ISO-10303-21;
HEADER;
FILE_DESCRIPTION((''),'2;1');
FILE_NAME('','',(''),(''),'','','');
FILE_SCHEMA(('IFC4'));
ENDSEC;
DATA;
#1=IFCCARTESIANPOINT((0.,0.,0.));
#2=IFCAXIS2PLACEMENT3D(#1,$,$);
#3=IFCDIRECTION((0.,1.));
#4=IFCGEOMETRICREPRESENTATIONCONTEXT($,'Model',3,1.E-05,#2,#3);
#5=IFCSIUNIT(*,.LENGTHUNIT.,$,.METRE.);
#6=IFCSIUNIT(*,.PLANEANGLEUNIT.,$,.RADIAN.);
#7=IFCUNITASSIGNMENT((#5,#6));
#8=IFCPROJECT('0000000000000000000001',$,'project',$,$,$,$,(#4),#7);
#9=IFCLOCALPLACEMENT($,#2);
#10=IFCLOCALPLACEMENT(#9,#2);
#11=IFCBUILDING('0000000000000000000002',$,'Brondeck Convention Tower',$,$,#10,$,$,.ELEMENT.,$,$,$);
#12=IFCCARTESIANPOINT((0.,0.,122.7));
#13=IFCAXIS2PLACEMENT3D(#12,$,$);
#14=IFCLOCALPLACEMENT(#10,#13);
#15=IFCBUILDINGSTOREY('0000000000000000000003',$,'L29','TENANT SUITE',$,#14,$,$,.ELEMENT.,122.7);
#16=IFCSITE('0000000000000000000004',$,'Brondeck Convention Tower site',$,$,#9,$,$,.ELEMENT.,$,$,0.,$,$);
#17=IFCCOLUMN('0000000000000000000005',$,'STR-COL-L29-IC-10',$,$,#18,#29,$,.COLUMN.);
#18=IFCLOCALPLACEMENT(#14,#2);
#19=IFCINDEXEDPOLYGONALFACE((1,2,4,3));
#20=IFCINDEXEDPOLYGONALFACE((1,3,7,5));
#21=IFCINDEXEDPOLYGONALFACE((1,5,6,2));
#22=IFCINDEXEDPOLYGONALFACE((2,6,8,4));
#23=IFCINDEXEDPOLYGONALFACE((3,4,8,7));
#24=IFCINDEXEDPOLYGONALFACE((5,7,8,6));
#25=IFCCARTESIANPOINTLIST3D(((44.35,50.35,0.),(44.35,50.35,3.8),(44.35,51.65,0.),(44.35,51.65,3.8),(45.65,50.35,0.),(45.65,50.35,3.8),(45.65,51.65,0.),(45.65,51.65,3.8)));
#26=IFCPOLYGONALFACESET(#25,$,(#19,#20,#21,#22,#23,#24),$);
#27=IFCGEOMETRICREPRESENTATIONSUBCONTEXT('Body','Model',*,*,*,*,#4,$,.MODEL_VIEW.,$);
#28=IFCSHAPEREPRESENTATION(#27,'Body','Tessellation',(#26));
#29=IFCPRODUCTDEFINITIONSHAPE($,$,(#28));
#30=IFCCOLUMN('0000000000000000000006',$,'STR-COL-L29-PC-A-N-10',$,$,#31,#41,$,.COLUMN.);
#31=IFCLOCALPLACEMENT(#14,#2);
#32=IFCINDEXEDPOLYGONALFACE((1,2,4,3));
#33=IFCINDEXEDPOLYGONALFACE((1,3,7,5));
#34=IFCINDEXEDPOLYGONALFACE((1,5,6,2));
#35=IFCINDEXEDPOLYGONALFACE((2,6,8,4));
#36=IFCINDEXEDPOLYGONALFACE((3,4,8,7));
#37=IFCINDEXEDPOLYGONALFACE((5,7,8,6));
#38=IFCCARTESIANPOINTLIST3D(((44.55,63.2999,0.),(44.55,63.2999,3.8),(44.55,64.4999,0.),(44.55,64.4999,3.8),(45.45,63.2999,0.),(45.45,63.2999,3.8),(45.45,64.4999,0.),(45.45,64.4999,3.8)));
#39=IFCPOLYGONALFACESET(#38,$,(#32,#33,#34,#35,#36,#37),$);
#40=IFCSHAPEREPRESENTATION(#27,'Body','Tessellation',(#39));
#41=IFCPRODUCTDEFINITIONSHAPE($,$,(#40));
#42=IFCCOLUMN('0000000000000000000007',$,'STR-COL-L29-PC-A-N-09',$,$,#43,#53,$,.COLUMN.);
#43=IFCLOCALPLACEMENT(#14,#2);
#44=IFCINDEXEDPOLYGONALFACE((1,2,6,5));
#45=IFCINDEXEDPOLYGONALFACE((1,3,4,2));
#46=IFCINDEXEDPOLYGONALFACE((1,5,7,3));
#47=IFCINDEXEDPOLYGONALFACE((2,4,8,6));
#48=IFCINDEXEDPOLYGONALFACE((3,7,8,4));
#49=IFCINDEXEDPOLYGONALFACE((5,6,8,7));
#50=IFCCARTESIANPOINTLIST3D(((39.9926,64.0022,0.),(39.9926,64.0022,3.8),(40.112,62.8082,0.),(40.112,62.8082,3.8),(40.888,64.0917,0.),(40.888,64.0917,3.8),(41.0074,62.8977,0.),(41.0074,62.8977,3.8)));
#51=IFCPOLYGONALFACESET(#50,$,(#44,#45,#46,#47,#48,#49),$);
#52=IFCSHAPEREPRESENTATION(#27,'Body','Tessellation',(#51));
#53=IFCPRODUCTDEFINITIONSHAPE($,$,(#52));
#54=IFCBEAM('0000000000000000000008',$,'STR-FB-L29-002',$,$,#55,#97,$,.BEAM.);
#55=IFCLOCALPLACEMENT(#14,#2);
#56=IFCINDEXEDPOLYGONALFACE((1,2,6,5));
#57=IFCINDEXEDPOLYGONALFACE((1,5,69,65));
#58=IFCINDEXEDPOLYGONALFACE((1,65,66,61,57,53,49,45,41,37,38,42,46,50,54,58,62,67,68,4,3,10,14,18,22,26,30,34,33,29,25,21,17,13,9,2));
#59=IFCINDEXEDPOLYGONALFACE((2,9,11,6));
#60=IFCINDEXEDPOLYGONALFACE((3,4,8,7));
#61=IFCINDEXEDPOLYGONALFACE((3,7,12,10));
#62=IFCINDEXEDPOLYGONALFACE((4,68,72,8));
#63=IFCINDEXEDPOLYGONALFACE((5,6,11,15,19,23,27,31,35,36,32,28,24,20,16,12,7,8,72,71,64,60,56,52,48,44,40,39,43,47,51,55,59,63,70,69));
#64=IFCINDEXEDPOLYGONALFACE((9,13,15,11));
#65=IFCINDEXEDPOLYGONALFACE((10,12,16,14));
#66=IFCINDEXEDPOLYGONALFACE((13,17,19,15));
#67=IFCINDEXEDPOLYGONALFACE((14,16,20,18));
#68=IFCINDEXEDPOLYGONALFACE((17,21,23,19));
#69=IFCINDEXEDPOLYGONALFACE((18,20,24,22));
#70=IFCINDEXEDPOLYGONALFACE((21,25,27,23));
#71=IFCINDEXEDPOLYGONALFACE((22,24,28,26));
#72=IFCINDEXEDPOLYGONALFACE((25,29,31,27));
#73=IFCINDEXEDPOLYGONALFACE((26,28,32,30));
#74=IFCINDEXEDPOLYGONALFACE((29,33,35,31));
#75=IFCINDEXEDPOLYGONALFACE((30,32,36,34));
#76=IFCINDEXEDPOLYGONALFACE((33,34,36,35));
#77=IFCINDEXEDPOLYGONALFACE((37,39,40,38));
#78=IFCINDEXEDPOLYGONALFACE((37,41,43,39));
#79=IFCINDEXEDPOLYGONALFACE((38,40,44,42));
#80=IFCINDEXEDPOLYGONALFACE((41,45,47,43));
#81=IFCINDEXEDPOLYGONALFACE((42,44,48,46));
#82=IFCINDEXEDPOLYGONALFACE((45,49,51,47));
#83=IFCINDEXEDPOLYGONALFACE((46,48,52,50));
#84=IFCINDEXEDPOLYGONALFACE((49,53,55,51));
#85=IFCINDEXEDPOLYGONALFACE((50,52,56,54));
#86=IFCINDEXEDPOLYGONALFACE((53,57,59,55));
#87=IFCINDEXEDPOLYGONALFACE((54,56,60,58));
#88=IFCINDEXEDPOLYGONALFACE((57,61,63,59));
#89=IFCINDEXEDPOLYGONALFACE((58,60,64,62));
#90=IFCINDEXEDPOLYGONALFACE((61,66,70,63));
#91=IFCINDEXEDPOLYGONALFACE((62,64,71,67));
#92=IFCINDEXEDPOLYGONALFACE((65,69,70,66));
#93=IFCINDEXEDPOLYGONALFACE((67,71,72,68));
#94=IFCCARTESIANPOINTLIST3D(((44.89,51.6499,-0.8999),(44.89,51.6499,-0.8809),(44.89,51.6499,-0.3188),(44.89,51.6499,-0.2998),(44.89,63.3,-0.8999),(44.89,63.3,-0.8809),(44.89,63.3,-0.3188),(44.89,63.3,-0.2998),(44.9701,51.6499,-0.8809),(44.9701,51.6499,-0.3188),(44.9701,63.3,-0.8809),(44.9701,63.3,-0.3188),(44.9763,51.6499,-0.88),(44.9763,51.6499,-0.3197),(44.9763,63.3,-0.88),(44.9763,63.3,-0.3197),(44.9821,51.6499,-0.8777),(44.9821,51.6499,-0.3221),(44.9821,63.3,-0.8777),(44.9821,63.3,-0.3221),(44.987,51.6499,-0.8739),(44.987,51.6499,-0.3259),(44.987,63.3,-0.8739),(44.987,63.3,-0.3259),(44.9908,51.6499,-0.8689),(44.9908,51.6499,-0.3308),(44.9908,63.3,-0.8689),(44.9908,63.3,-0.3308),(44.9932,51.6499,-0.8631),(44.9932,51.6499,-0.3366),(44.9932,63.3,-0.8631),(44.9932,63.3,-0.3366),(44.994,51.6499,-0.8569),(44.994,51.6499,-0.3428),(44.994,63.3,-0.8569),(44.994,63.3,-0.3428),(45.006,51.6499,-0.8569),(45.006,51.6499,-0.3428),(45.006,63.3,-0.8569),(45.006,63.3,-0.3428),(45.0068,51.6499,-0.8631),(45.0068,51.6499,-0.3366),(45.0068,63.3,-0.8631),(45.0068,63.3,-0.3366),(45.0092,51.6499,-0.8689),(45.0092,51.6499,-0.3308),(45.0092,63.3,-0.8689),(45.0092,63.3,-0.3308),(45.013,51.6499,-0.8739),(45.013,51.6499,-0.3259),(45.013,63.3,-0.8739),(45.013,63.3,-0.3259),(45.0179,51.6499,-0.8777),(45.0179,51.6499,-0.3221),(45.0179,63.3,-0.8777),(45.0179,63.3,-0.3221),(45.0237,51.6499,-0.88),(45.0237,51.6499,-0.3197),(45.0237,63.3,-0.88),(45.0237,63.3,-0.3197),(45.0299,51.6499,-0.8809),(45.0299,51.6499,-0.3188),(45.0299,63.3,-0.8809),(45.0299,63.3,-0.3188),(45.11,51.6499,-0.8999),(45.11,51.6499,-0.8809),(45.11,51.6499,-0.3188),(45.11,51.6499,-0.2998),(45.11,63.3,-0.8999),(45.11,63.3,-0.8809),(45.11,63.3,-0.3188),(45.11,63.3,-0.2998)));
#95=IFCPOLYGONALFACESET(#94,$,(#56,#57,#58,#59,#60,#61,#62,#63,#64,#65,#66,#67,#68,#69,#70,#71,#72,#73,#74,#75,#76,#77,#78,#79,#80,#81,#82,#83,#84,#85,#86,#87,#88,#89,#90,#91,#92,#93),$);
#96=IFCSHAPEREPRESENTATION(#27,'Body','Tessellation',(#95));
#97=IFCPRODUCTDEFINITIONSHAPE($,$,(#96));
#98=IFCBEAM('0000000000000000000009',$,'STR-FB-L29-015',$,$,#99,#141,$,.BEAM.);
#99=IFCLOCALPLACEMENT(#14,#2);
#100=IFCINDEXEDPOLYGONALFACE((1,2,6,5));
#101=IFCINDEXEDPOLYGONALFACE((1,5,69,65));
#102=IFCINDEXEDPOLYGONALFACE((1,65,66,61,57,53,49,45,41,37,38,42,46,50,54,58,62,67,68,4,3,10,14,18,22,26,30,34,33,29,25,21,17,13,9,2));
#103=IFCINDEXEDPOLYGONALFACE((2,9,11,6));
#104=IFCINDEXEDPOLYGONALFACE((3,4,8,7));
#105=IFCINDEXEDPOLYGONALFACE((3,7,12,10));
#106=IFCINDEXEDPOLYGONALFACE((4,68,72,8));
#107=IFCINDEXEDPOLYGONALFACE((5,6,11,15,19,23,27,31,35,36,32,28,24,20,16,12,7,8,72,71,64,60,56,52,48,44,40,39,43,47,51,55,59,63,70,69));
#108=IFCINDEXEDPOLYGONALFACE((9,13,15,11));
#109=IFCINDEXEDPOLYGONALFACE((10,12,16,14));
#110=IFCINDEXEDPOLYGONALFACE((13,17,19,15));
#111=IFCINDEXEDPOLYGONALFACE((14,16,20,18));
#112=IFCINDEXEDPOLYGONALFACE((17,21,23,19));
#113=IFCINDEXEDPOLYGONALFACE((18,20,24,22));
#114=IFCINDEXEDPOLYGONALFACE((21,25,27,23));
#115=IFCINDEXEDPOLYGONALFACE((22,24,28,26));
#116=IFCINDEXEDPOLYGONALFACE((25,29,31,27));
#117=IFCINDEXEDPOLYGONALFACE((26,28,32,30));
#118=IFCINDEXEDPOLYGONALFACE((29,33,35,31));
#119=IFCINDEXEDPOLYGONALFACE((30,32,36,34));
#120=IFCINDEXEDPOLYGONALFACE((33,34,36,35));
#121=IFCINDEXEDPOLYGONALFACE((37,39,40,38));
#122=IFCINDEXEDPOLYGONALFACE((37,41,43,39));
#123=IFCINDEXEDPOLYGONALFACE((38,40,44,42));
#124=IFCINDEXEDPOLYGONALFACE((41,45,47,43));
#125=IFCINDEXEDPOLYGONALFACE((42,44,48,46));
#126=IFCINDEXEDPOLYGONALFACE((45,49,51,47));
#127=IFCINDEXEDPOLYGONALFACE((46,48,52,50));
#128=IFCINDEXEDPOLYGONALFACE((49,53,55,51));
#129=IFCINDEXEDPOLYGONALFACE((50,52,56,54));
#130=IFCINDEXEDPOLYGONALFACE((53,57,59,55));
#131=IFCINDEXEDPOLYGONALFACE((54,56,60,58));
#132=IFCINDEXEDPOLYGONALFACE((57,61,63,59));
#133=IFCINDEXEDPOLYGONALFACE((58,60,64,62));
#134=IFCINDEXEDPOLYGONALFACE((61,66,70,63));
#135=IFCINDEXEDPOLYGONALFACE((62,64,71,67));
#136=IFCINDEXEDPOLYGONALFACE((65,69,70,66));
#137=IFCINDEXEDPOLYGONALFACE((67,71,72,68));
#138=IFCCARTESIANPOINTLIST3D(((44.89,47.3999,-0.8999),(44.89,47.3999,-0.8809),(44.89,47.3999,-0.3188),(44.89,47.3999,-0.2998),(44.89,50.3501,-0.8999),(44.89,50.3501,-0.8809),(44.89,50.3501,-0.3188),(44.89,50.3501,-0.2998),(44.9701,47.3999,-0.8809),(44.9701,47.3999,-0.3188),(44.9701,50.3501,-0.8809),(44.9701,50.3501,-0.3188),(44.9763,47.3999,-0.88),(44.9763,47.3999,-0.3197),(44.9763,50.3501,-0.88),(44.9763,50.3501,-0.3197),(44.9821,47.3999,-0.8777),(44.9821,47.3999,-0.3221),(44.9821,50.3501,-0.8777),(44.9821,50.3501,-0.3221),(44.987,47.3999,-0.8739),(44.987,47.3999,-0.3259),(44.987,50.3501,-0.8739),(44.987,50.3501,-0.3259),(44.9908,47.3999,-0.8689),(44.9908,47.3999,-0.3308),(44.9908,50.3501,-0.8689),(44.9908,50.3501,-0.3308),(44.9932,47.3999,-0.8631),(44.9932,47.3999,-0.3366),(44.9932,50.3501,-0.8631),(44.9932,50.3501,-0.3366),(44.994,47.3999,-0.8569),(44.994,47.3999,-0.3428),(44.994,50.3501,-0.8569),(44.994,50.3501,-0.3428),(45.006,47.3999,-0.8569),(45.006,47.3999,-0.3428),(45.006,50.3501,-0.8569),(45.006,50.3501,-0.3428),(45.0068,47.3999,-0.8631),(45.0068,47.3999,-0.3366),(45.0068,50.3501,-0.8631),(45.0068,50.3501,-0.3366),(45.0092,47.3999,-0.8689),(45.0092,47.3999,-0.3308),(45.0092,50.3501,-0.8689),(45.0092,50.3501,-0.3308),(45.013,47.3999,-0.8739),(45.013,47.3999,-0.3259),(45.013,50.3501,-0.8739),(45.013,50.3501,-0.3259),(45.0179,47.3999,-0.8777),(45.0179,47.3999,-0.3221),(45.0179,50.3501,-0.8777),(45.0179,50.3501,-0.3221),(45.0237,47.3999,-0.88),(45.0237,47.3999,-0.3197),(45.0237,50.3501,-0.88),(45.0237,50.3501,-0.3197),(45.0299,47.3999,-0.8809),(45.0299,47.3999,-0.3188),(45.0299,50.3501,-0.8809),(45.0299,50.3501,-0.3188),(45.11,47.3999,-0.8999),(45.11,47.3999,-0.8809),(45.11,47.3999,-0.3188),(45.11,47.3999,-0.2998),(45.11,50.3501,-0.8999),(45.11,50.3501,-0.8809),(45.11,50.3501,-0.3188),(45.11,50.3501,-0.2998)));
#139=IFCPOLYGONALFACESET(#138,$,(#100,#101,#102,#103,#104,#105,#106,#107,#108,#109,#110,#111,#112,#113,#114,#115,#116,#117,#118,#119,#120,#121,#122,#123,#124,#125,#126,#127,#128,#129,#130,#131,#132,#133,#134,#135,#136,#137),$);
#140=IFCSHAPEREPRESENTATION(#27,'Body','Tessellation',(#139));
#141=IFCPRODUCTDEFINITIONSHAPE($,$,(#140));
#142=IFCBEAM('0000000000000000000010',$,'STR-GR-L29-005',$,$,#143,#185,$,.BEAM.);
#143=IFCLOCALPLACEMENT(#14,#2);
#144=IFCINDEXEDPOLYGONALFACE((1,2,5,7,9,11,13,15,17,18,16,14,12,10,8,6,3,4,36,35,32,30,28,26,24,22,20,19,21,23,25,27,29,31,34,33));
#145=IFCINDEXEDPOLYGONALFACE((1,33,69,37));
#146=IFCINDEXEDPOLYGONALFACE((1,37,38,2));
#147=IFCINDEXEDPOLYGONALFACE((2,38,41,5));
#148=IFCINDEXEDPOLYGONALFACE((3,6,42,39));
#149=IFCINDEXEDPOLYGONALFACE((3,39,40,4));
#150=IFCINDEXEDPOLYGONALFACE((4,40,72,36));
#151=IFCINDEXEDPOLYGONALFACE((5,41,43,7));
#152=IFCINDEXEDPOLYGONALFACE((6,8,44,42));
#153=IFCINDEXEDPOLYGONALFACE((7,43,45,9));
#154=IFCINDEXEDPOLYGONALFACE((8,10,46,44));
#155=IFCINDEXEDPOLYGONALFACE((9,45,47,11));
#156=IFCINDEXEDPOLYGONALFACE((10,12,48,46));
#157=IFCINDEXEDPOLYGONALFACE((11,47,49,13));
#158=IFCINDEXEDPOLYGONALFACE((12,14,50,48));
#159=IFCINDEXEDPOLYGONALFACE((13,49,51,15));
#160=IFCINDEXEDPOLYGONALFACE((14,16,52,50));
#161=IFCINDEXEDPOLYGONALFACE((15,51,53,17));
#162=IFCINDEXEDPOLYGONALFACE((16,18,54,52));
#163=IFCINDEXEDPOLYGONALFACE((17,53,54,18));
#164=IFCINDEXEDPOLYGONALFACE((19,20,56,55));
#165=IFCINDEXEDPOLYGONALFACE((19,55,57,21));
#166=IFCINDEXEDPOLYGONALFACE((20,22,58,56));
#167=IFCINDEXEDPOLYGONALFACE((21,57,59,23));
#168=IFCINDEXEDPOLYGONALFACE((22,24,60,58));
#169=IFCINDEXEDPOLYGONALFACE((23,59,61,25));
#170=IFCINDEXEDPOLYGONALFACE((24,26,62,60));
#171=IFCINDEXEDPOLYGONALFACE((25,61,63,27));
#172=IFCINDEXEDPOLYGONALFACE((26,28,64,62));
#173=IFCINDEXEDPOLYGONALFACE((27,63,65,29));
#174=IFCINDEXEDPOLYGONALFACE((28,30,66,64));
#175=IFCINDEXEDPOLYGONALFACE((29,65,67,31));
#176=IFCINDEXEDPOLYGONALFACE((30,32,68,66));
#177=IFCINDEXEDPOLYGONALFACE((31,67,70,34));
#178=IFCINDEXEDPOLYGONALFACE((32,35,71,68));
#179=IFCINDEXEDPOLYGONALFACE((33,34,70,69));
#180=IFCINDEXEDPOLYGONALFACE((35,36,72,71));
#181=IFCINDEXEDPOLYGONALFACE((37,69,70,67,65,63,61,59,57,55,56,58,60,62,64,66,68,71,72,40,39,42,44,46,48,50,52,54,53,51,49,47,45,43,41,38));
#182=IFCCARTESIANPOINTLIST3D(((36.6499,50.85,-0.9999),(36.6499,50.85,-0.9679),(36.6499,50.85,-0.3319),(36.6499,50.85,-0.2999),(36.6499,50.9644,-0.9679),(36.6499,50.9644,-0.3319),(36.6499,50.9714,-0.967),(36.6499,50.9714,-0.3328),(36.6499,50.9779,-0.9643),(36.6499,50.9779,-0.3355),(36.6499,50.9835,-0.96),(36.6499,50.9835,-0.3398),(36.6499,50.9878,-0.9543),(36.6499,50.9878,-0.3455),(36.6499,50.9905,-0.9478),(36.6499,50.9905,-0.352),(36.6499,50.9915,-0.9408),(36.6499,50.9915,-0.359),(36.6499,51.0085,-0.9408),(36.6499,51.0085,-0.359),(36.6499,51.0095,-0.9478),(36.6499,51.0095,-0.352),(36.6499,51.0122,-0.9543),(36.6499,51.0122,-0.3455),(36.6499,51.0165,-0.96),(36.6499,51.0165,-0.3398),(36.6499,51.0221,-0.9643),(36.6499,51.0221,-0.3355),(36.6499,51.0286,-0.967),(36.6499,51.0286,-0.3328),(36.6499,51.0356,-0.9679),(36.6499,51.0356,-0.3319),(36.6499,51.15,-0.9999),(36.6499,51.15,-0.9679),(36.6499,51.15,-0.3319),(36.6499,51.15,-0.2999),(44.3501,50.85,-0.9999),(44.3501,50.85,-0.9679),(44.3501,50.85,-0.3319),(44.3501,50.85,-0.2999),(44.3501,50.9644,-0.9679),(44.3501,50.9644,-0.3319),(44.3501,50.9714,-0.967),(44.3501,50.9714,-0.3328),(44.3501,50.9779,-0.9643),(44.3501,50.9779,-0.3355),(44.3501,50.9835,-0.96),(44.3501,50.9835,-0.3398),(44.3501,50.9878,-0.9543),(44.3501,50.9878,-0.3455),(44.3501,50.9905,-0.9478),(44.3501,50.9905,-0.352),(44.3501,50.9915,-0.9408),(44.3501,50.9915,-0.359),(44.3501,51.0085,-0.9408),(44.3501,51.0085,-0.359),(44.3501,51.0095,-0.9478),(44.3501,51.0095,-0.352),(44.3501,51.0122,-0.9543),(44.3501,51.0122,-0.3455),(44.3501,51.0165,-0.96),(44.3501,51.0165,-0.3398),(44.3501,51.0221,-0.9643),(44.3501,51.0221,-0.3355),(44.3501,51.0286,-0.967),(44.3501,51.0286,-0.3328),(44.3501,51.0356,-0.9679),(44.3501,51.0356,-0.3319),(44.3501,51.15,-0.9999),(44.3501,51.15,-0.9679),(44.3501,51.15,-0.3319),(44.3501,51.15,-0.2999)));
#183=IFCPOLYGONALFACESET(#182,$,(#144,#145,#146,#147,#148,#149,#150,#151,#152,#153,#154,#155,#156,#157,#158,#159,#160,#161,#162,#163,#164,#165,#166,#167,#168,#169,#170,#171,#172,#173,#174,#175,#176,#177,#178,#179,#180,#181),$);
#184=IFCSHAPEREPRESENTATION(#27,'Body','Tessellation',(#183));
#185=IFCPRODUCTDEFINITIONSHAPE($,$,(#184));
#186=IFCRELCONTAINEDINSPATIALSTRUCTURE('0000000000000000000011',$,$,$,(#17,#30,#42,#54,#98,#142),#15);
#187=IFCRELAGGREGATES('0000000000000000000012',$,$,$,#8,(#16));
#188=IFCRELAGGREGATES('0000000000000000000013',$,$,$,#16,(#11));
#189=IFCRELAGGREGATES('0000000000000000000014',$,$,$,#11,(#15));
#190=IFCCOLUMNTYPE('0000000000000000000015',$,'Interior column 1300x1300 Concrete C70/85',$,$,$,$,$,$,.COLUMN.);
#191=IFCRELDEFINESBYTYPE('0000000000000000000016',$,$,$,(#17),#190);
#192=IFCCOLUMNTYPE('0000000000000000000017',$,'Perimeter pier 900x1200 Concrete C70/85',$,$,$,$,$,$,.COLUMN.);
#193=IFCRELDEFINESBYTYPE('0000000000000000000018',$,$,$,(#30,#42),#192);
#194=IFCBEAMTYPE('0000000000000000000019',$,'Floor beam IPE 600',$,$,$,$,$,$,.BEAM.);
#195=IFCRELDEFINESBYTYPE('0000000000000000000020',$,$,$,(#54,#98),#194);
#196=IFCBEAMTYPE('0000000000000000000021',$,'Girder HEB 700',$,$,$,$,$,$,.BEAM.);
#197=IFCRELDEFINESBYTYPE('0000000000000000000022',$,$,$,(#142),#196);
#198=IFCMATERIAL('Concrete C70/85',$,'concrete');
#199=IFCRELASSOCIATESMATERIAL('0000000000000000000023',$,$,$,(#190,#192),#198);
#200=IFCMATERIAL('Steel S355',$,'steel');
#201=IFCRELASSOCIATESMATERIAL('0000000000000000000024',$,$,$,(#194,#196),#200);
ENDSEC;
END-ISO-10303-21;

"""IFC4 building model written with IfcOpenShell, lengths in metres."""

from ifc_helpers import new_model, si_unit, direction, frame, origin, origin_2d, place, context, subcontext, project, spatial, rectangle, i_section, extrude, material, material_profile, profile_set, type_object, element, save


model = new_model("IFC4")

# Units and contexts
model_context = context("Model", 3, precision=1e-05, world=origin(), true_north=direction((0.0, 1.0)))
body_context = subcontext(model_context, "Body", "Model", "MODEL_VIEW")
ifc_project = project(units=[si_unit("LENGTHUNIT", "METRE"), si_unit("PLANEANGLEUNIT", "RADIAN")], contexts=[model_context])

# Site, building, storey
site_placement = place(None, origin())
site = spatial("IfcSite", under=ifc_project, at=site_placement, Name="Brondeck Convention Tower site", CompositionType="ELEMENT", RefElevation=0.0)
building_placement = place(site_placement, origin())
building = spatial("IfcBuilding", under=site, at=building_placement, Name="Brondeck Convention Tower", CompositionType="ELEMENT")
storey_placement = place(building_placement, frame((0.0, 0.0, 122.7)))
storey = spatial("IfcBuildingStorey", under=building, at=storey_placement, Name="L29", Description="TENANT SUITE", CompositionType="ELEMENT", Elevation=122.7)

# Columns
ifc_material_1 = material(Name="Concrete C70/85", Category="concrete")
ifc_material_profile_1 = material_profile(ifc_material_1, rectangle(XDim=1.3, YDim=1.3, at=origin_2d()), Name="Interior column 1300x1300 Concrete C70/85")
ifc_profile_set_1 = profile_set([ifc_material_profile_1], Name="Concrete C70/85")
column_type_1 = type_object("IfcColumnType", Name="Interior column 1300x1300 Concrete C70/85", PredefinedType="COLUMN", material=ifc_profile_set_1)
column_placement = place(storey_placement, frame((45.0, 51.0, 0.0), z_axis=(0.0, 0.0, 1.0), x_axis=(1.0, 0.0, 0.0)))
element("IfcColumn", 1, at=column_placement, inside=storey, type_object=column_type_1, Name="STR-COL-L29-IC-10", PredefinedType="COLUMN", context=body_context, shape_type="SweptSolid", body=[
    extrude(rectangle(XDim=1.3, YDim=1.3, at=origin_2d()), origin(), (0.0, 0.0, 1.0), 3.8),
])
ifc_material_profile_2 = material_profile(ifc_material_1, rectangle(XDim=0.8999, YDim=1.2, at=origin_2d()), Name="Perimeter pier 900x1200 Concrete C70/85")
ifc_profile_set_2 = profile_set([ifc_material_profile_2], Name="Concrete C70/85")
column_type_2 = type_object("IfcColumnType", Name="Perimeter pier 900x1200 Concrete C70/85", PredefinedType="COLUMN", material=ifc_profile_set_2)
for number, where, z_axis, x_axis, name in (
    (2, (45.0, 63.8999, 0.0), (0.0, 0.0, 1.0), (-1.0, 0.0, 0.0), "STR-COL-L29-PC-A-N-10"),
    (3, (40.5, 63.45, 0.0), (0.0, 0.0, 1.0), (-0.995037, -0.099504, 0.0), "STR-COL-L29-PC-A-N-09"),
):
    element("IfcColumn", number, at=place(storey_placement, frame(where, z_axis=z_axis, x_axis=x_axis)), inside=storey, type_object=column_type_2, Name=name, PredefinedType="COLUMN", context=body_context, shape_type="SweptSolid", body=[
        extrude(rectangle(XDim=0.8999, YDim=1.2, at=origin_2d()), origin(), (0.0, 0.0, 1.0), 3.8),
    ])

# Beams
ifc_material_2 = material(Name="Steel S355", Category="steel")
ifc_material_profile_3 = material_profile(ifc_material_2, i_section(OverallWidth=0.22, OverallDepth=0.6001, WebThickness=0.012, FlangeThickness=0.019, FilletRadius=0.0239, at=origin_2d()), Name="IPE 600")
ifc_profile_set_3 = profile_set([ifc_material_profile_3], Name="Steel S355")
beam_type_1 = type_object("IfcBeamType", Name="Floor beam IPE 600", PredefinedType="BEAM", material=ifc_profile_set_3)
beam_1_placement = place(storey_placement, frame((45.0, 51.6499, -0.5999), z_axis=(0.0, 1.0, 0.0), x_axis=(-1.0, 0.0, 0.0)))
element("IfcBeam", 4, at=beam_1_placement, inside=storey, type_object=beam_type_1, Name="STR-FB-L29-002", PredefinedType="BEAM", context=body_context, shape_type="SweptSolid", body=[
    extrude(i_section(OverallWidth=0.22, OverallDepth=0.6001, WebThickness=0.012, FlangeThickness=0.019, FilletRadius=0.0239, at=origin_2d()), origin(), (0.0, 0.0, 1.0), 11.6501),
])
beam_2_placement = place(storey_placement, frame((45.0, 47.3999, -0.5999), z_axis=(0.0, 1.0, 0.0), x_axis=(-1.0, 0.0, 0.0)))
element("IfcBeam", 5, at=beam_2_placement, inside=storey, type_object=beam_type_1, Name="STR-FB-L29-015", PredefinedType="BEAM", context=body_context, shape_type="SweptSolid", body=[
    extrude(i_section(OverallWidth=0.22, OverallDepth=0.6001, WebThickness=0.012, FlangeThickness=0.019, FilletRadius=0.0239, at=origin_2d()), origin(), (0.0, 0.0, 1.0), 2.9502),
])
ifc_material_profile_4 = material_profile(ifc_material_2, i_section(OverallWidth=0.3, OverallDepth=0.7, WebThickness=0.0171, FlangeThickness=0.032, FilletRadius=0.0271, at=origin_2d()), Name="HEB 700")
ifc_profile_set_4 = profile_set([ifc_material_profile_4], Name="Steel S355")
beam_type_2 = type_object("IfcBeamType", Name="Girder HEB 700", PredefinedType="BEAM", material=ifc_profile_set_4)
beam_3_placement = place(storey_placement, frame((36.6499, 51.0, -0.6499), z_axis=(1.0, 0.0, 0.0), x_axis=(0.0, 1.0, 0.0)))
element("IfcBeam", 6, at=beam_3_placement, inside=storey, type_object=beam_type_2, Name="STR-GR-L29-005", PredefinedType="BEAM", context=body_context, shape_type="SweptSolid", body=[
    extrude(i_section(OverallWidth=0.3, OverallDepth=0.7, WebThickness=0.0171, FlangeThickness=0.032, FilletRadius=0.0271, at=origin_2d()), origin(), (0.0, 0.0, 1.0), 7.7002),
])

save(model, "model.ifc")
